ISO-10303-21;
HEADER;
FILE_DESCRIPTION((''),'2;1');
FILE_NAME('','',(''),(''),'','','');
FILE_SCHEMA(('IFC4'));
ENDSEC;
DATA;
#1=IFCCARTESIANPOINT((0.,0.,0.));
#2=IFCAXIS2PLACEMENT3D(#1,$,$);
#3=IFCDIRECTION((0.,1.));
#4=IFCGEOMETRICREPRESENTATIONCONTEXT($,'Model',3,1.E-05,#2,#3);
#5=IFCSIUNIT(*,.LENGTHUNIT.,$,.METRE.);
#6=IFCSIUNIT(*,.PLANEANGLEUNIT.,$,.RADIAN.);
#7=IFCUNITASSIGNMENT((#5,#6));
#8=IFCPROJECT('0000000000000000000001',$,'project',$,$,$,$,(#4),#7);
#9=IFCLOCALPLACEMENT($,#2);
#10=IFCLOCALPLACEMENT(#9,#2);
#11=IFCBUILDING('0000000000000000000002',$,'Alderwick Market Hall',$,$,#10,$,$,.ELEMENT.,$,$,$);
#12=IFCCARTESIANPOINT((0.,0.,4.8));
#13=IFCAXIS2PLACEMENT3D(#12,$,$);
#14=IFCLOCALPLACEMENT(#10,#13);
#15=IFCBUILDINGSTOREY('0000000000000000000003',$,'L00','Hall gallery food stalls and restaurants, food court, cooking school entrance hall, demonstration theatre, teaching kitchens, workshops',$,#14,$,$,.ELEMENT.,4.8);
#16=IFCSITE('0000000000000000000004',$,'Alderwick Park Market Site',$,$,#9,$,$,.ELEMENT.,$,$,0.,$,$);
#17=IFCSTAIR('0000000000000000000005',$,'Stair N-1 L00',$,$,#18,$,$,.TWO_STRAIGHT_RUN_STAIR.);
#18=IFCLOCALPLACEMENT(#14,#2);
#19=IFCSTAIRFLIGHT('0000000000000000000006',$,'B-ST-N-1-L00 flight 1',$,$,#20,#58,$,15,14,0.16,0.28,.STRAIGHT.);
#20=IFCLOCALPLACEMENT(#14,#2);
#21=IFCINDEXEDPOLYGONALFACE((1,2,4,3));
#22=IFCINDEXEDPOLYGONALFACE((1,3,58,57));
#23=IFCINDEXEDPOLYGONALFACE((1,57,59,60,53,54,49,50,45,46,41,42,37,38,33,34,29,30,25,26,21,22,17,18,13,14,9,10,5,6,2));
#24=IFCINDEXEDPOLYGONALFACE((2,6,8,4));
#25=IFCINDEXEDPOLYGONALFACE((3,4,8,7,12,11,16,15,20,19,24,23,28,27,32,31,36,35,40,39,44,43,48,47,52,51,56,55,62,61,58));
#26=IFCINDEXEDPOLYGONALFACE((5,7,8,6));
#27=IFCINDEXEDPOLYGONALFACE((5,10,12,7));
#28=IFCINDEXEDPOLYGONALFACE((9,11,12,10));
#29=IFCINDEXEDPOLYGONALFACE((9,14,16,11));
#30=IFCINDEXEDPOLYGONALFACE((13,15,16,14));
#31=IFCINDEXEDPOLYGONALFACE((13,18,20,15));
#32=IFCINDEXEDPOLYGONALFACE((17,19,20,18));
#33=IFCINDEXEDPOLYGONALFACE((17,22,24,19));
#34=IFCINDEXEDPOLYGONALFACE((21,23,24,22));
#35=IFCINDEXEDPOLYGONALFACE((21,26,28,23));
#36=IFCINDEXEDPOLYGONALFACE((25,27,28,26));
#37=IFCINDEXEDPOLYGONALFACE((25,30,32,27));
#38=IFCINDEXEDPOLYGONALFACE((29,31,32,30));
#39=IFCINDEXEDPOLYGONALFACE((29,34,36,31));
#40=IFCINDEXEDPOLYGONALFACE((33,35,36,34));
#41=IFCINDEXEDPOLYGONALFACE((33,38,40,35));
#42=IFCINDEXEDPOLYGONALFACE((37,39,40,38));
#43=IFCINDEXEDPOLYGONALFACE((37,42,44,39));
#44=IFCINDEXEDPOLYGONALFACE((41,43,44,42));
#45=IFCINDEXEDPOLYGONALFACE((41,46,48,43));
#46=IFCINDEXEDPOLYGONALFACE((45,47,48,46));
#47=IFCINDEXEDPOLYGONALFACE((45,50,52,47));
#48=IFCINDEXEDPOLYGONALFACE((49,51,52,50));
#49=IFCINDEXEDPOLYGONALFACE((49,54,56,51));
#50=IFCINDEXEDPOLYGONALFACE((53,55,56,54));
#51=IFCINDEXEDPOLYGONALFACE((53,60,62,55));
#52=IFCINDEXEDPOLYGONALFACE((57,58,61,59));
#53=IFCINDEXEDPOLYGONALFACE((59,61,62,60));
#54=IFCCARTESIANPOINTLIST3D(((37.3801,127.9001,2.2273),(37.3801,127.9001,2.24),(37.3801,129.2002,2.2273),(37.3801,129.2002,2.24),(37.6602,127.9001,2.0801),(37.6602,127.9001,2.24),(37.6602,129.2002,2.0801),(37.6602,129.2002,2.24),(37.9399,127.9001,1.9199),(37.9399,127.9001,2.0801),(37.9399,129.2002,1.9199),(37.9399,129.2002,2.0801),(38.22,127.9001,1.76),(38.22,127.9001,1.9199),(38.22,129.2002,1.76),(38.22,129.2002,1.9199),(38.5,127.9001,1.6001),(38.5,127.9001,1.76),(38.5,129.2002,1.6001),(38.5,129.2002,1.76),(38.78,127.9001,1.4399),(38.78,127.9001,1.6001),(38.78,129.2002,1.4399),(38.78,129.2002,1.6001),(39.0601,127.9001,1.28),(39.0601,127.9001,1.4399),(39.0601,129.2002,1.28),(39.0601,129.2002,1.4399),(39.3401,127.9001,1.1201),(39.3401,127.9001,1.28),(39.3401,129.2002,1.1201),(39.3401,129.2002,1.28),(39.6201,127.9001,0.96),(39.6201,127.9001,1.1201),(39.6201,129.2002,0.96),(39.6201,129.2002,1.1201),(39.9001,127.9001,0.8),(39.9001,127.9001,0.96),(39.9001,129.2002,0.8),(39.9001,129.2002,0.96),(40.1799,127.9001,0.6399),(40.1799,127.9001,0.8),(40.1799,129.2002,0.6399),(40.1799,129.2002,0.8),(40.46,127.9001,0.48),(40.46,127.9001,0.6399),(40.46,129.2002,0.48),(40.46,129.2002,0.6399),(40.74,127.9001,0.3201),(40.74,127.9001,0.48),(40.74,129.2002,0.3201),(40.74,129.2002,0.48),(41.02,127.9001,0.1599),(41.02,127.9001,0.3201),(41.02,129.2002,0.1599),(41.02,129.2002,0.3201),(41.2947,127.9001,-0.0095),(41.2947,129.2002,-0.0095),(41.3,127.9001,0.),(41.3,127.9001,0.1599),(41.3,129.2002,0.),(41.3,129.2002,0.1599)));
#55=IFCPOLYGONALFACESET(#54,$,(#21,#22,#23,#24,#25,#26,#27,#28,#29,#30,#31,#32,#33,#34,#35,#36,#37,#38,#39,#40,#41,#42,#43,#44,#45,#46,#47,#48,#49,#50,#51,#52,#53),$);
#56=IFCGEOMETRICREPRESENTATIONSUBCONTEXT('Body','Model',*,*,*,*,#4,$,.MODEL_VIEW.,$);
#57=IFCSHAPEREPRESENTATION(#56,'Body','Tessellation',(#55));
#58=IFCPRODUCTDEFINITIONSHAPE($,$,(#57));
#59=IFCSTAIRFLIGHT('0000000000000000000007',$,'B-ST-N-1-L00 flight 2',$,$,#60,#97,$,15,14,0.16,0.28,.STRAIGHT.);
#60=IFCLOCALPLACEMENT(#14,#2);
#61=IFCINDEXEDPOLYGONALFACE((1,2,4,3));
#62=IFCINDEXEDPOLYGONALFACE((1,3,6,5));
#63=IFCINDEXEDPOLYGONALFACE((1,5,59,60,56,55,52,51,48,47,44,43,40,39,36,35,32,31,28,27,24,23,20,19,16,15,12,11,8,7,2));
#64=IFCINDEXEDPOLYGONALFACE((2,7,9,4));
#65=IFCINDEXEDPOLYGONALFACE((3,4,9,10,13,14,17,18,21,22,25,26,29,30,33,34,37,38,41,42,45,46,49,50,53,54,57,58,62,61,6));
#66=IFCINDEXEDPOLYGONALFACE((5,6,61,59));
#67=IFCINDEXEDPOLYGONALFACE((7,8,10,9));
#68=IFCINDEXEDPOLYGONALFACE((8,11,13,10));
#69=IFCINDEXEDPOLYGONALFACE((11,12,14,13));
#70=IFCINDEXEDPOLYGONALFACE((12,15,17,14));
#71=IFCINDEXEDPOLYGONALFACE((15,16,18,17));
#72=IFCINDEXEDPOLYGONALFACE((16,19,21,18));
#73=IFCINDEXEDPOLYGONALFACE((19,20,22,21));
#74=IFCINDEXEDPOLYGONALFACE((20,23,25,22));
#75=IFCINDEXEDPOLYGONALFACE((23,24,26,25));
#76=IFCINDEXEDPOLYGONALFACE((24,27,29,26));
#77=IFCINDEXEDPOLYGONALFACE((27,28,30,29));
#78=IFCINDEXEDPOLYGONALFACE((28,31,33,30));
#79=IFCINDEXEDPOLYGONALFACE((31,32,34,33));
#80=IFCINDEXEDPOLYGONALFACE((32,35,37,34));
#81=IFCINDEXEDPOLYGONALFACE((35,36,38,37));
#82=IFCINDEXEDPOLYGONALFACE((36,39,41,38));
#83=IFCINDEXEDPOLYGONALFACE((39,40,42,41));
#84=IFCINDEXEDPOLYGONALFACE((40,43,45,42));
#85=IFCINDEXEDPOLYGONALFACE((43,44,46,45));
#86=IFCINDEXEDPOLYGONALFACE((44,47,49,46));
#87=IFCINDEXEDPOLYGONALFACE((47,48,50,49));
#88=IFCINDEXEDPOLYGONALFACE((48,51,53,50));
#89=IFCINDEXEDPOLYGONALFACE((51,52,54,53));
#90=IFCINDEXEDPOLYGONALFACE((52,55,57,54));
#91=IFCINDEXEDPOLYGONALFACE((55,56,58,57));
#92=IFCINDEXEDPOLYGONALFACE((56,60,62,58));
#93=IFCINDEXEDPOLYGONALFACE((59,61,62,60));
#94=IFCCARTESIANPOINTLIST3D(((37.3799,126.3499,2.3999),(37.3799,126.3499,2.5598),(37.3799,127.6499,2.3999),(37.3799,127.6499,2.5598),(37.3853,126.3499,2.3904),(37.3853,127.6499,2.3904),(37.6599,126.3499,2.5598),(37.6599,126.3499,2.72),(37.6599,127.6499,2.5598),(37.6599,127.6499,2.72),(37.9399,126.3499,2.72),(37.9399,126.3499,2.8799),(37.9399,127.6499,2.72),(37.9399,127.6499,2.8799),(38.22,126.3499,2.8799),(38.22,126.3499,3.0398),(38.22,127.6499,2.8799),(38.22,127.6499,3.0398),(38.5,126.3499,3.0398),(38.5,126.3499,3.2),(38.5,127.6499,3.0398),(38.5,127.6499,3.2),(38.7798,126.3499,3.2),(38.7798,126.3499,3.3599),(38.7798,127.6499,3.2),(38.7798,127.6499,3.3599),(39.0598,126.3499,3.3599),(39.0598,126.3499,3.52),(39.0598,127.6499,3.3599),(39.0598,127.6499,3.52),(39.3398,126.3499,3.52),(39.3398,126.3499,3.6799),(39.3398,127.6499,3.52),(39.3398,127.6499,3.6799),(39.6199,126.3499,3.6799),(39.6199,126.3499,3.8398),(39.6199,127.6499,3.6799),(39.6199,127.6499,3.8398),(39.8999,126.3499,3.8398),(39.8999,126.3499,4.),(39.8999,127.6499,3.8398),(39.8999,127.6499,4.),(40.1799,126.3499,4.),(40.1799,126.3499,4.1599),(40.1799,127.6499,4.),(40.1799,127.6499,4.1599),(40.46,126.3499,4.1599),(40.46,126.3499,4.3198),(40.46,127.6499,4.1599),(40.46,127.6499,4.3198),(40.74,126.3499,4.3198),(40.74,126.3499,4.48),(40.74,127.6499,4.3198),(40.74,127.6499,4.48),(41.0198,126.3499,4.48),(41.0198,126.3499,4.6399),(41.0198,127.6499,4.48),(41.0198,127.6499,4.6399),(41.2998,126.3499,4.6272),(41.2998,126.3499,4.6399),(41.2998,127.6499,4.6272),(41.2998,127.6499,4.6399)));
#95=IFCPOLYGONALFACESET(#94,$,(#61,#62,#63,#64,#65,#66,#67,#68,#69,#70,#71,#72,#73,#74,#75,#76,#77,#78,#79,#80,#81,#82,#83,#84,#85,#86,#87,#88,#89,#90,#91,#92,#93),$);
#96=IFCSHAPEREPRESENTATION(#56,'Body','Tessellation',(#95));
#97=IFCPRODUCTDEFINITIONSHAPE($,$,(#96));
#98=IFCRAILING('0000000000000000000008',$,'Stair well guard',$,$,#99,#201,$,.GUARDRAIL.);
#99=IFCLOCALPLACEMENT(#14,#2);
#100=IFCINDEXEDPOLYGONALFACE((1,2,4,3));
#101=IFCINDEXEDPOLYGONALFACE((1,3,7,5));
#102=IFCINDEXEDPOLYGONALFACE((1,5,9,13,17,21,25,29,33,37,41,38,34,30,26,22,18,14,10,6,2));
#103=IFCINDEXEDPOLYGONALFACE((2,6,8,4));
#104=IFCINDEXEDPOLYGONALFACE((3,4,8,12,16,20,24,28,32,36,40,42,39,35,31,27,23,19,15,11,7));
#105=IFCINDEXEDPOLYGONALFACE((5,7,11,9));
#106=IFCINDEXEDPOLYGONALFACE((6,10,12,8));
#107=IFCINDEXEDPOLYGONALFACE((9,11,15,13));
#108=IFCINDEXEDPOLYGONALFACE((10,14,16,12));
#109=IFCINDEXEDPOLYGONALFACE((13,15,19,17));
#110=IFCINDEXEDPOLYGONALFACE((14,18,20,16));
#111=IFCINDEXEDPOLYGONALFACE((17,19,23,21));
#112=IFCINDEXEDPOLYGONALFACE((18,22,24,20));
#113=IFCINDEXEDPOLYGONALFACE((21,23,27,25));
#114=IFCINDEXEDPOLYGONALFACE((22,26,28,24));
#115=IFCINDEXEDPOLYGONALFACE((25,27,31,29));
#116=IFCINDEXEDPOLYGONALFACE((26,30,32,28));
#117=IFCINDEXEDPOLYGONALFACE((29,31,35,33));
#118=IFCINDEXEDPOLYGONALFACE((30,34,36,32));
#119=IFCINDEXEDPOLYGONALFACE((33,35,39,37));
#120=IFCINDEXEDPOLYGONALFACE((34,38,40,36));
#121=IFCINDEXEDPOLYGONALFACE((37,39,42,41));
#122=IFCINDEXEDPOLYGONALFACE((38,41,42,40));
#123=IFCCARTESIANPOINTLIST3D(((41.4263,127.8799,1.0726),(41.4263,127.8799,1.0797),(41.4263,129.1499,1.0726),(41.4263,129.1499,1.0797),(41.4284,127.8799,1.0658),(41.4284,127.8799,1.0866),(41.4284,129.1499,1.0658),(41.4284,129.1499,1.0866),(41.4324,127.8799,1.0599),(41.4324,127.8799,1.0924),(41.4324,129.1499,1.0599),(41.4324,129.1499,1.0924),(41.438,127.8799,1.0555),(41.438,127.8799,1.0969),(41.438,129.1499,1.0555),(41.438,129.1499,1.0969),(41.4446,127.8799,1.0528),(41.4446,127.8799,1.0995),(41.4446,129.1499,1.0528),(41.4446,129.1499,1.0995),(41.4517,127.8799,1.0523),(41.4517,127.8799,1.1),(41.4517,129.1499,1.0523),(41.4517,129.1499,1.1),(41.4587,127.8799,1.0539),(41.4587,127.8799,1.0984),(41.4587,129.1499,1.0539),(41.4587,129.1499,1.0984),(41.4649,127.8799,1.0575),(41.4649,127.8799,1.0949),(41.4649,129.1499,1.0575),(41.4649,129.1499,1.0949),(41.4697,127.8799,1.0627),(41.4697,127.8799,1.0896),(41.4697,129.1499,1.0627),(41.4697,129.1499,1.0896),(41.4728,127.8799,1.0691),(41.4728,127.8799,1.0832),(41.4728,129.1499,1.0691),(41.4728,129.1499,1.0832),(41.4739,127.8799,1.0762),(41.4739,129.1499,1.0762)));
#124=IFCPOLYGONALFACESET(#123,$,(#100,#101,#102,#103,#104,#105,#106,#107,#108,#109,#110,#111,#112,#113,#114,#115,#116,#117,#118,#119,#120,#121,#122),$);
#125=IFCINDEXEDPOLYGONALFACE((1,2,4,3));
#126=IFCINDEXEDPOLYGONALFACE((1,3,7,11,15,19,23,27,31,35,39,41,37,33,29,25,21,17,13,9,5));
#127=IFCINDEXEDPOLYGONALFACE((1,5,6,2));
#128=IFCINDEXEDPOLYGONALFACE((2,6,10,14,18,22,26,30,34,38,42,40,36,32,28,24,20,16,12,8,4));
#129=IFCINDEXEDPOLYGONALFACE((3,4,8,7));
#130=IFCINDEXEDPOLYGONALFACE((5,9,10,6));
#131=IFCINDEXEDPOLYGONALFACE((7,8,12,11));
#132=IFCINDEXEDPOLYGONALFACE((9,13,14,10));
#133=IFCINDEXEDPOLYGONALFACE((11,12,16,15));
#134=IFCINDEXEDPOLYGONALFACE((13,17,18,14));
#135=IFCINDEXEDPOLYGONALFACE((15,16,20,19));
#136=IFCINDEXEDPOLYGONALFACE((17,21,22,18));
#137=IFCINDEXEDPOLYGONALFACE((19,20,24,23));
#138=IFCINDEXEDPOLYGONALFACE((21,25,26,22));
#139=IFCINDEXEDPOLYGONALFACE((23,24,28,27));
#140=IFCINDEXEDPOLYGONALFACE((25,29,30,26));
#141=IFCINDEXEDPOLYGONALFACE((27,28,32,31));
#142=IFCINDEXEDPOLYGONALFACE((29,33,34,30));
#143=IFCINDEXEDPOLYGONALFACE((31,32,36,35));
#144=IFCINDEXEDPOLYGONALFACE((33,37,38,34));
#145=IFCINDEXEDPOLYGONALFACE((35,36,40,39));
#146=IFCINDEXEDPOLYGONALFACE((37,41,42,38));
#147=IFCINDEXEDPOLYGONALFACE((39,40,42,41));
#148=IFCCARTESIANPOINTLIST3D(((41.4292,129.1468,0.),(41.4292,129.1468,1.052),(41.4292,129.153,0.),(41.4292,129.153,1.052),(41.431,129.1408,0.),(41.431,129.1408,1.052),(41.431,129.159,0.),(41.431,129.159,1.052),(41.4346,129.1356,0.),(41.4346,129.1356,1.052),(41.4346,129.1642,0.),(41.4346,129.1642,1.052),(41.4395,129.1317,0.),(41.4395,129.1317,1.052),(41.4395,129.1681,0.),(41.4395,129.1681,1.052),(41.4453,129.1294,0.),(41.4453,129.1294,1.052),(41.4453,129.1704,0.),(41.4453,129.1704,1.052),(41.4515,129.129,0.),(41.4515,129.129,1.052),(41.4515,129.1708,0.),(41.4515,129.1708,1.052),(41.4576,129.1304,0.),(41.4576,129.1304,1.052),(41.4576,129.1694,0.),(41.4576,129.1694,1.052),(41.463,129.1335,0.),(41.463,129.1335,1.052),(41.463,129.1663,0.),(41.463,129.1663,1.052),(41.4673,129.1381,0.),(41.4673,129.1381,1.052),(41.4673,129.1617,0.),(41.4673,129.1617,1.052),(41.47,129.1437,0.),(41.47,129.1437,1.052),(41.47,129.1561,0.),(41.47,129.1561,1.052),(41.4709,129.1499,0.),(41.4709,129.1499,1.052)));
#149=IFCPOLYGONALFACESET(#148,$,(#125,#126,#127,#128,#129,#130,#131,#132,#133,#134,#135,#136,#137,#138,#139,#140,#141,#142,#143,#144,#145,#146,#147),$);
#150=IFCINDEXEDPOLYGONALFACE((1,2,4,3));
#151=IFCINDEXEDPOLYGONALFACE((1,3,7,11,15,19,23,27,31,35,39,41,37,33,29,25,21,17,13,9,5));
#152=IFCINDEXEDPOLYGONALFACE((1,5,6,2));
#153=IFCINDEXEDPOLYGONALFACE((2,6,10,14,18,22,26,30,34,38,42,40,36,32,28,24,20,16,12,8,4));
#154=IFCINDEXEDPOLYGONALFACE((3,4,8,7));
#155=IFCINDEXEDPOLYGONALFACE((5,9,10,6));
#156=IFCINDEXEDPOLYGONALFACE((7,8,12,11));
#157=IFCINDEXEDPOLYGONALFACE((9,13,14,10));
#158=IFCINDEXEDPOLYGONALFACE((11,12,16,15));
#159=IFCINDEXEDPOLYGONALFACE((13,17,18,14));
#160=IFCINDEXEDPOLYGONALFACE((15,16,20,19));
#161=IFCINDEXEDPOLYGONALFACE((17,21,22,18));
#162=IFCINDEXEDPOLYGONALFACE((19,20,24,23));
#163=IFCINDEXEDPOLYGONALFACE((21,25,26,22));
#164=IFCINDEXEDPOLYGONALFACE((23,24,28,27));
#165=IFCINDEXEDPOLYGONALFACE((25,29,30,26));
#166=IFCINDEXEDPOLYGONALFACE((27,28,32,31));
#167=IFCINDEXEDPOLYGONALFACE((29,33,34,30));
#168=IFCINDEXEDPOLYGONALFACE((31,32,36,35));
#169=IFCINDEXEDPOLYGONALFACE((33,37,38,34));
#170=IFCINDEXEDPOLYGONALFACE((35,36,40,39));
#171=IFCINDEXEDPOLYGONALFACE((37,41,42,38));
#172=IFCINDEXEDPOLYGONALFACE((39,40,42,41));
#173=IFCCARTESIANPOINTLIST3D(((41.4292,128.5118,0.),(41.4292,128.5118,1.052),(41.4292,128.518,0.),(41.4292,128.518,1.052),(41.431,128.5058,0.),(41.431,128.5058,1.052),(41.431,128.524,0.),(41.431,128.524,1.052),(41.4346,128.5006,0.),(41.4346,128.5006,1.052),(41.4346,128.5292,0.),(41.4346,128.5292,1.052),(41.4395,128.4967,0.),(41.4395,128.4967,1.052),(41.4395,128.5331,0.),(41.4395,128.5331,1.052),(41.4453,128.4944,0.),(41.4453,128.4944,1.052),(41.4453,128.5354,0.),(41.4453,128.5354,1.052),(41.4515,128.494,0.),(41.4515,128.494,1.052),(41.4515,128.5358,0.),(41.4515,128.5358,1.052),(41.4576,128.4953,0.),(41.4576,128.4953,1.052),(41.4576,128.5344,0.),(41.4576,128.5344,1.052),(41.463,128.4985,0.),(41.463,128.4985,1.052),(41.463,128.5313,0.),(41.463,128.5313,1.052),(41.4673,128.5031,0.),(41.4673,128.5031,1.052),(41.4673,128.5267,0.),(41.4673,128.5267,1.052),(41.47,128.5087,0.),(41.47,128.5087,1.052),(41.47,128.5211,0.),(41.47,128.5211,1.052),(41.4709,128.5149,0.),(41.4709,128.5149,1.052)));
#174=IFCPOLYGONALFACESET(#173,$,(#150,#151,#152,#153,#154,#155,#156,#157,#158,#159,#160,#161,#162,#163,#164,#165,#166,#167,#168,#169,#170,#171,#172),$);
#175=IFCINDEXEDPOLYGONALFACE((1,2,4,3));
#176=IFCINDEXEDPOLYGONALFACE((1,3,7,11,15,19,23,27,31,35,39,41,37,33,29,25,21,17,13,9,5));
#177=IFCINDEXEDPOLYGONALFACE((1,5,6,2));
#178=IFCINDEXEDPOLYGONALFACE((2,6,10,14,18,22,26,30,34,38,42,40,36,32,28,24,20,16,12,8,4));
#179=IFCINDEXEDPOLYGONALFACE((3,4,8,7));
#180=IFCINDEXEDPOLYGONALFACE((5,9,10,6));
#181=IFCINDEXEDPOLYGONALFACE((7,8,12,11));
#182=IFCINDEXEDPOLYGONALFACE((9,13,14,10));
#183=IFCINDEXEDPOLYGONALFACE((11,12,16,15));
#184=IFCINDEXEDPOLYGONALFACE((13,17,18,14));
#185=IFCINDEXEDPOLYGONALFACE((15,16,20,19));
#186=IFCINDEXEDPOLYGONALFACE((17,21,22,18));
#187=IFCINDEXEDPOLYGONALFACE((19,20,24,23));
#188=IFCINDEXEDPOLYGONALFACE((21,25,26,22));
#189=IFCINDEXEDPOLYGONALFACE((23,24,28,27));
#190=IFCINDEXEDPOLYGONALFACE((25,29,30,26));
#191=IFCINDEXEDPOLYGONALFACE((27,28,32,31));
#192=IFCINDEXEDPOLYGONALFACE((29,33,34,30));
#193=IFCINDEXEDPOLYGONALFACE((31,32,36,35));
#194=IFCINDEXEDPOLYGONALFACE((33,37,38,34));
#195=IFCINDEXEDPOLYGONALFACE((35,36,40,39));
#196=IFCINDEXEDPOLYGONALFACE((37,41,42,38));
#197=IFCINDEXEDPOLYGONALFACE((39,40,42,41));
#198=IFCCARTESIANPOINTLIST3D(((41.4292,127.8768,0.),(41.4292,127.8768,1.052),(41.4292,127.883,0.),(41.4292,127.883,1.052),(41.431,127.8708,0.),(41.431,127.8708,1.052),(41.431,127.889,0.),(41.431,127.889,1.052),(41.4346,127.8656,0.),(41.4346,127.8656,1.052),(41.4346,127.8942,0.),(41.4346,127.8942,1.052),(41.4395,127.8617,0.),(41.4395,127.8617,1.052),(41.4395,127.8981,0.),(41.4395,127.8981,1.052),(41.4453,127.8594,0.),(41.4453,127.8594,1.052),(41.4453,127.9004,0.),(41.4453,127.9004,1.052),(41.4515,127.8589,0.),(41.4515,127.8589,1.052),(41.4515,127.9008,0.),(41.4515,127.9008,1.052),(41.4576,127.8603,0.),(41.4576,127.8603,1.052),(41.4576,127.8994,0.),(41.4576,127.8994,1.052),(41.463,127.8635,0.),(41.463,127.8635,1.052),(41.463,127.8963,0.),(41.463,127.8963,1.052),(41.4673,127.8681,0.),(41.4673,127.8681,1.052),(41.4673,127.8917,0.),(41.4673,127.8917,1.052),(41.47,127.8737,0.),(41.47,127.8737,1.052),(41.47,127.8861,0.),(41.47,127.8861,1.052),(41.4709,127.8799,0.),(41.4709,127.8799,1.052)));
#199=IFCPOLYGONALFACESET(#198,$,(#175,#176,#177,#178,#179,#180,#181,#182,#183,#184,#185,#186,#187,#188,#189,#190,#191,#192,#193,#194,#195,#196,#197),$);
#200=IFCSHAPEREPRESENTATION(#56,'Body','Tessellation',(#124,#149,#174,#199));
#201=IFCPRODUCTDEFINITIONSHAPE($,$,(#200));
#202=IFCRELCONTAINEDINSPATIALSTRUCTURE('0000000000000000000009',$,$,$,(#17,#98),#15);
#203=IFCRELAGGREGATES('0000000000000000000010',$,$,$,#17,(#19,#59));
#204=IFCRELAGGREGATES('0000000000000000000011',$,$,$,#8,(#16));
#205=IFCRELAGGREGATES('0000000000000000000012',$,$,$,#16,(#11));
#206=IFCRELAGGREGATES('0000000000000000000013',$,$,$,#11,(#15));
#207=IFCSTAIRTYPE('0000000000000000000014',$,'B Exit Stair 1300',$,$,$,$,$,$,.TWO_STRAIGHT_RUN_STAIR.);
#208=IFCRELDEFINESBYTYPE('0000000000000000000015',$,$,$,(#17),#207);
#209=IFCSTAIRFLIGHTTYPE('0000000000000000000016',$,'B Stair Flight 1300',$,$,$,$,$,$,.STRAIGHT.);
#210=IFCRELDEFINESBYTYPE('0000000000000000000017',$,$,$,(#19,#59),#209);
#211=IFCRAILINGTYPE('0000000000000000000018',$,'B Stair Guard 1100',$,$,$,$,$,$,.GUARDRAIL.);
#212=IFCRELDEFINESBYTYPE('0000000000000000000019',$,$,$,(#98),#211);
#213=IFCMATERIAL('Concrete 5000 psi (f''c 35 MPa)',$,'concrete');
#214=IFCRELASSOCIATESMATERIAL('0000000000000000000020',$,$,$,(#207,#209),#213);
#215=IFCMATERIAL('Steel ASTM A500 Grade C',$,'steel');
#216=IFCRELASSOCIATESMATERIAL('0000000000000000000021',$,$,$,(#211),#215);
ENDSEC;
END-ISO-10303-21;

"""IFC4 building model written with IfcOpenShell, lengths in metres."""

from ifc_helpers import new_model, si_unit, direction, frame, origin, origin_2d, place, context, subcontext, project, spatial, polyline, circle, outline, extrude, material, type_object, element, aggregate, save


model = new_model("IFC4")

# Units and contexts
model_context = context("Model", 3, precision=1e-05, world=origin(), true_north=direction((0.0, 1.0)))
body_context = subcontext(model_context, "Body", "Model", "MODEL_VIEW")
ifc_project = project(units=[si_unit("LENGTHUNIT", "METRE"), si_unit("PLANEANGLEUNIT", "RADIAN")], contexts=[model_context])

# Site, building, storey
site_placement = place(None, origin())
site = spatial("IfcSite", under=ifc_project, at=site_placement, Name="Alderwick Park Market Site", CompositionType="ELEMENT", RefElevation=0.0)
building_placement = place(site_placement, origin())
building = spatial("IfcBuilding", under=site, at=building_placement, Name="Alderwick Market Hall", CompositionType="ELEMENT")
storey_placement = place(building_placement, frame((0.0, 0.0, 4.8)))
storey = spatial("IfcBuildingStorey", under=building, at=storey_placement, Name="L00", Description="Hall gallery food stalls and restaurants, food court, cooking school entrance hall, demonstration theatre, teaching kitchens, workshops", CompositionType="ELEMENT", Elevation=4.8)

# Shared definitions
ifc_material_1 = material(Name="Concrete 5000 psi (f'c 35 MPa)", Category="concrete")

# Stair, stair flights
stair_type = type_object("IfcStairType", Name="B Exit Stair 1300", PredefinedType="TWO_STRAIGHT_RUN_STAIR", material=ifc_material_1)
stair_placement = place(storey_placement, origin())
stair = element("IfcStair", 1, at=stair_placement, inside=storey, type_object=stair_type, Name="Stair N-1 L00", PredefinedType="TWO_STRAIGHT_RUN_STAIR")
stair_flight_type = type_object("IfcStairFlightType", Name="B Stair Flight 1300", PredefinedType="STRAIGHT", material=ifc_material_1)
stair_flight_1_placement = place(storey_placement, frame((41.3, 128.55, 0.0), z_axis=(0.0, 0.0, 1.0), x_axis=(-1.0, 0.0, 0.0)))
stair_flight_1 = element("IfcStairFlight", 2, at=stair_flight_1_placement, type_object=stair_flight_type, Name="B-ST-N-1-L00 flight 1", NumberOfRisers=15, NumberOfTreads=14, PredefinedType="STRAIGHT", RiserHeight=0.16, TreadLength=0.28, context=body_context, shape_type="SweptSolid", body=[
    extrude(outline(polyline([(0.0054, -0.0095), (0.0, 0.0), (0.0, 0.1599), (0.28, 0.1599), (0.28, 0.3201), (0.5601, 0.3201), (0.5601, 0.48), (0.8401, 0.48), (0.8401, 0.6399), (1.1201, 0.6399), (1.1201, 0.8), (1.3999, 0.8), (1.3999, 0.96), (1.6799, 0.96), (1.6799, 1.1201), (1.96, 1.1201), (1.96, 1.28), (2.24, 1.28), (2.24, 1.4399), (2.52, 1.4399), (2.52, 1.6001), (2.8, 1.6001), (2.8, 1.76), (3.0801, 1.76), (3.0801, 1.9199), (3.3601, 1.9199), (3.3601, 2.0801), (3.6399, 2.0801), (3.6399, 2.24), (3.9199, 2.24), (3.9199, 2.2273), (0.0054, -0.0095)])), frame((0.0, 0.6499, 0.0), z_axis=(0.0, -1.0, 0.0), x_axis=(1.0, 0.0, 0.0)), (0.0, 0.0, 1.0), 1.3),
])
stair_flight_2_placement = place(storey_placement, frame((37.3799, 127.0, 2.3999), z_axis=(0.0, 0.0, 1.0), x_axis=(1.0, 0.0, 0.0)))
stair_flight_2 = element("IfcStairFlight", 3, at=stair_flight_2_placement, type_object=stair_flight_type, Name="B-ST-N-1-L00 flight 2", NumberOfRisers=15, NumberOfTreads=14, PredefinedType="STRAIGHT", RiserHeight=0.16, TreadLength=0.28, context=body_context, shape_type="SweptSolid", body=[
    extrude(outline(polyline([(0.0054, -0.0095), (0.0, 0.0), (0.0, 0.1599), (0.28, 0.1599), (0.28, 0.3201), (0.5601, 0.3201), (0.5601, 0.48), (0.8401, 0.48), (0.8401, 0.6399), (1.1201, 0.6399), (1.1201, 0.8), (1.3999, 0.8), (1.3999, 0.96), (1.6799, 0.96), (1.6799, 1.1201), (1.96, 1.1201), (1.96, 1.28), (2.24, 1.28), (2.24, 1.4399), (2.52, 1.4399), (2.52, 1.6001), (2.8, 1.6001), (2.8, 1.76), (3.0801, 1.76), (3.0801, 1.9199), (3.3601, 1.9199), (3.3601, 2.0801), (3.6399, 2.0801), (3.6399, 2.24), (3.9199, 2.24), (3.9199, 2.2273), (0.0054, -0.0095)])), frame((0.0, 0.6499, 0.0), z_axis=(0.0, -1.0, 0.0), x_axis=(1.0, 0.0, 0.0)), (0.0, 0.0, 1.0), 1.3),
])
aggregate(stair, [stair_flight_1, stair_flight_2])

# Railing
ifc_material_2 = material(Name="Steel ASTM A500 Grade C", Category="steel")
railing_type = type_object("IfcRailingType", Name="B Stair Guard 1100", PredefinedType="GUARDRAIL", material=ifc_material_2)
railing_placement = place(storey_placement, frame((41.45, 129.1499, 0.0)))
element("IfcRailing", 4, at=railing_placement, inside=storey, type_object=railing_type, Name="Stair well guard", PredefinedType="GUARDRAIL", context=body_context, shape_type="SweptSolid", body=[
    extrude(circle(Radius=0.0239, at=origin_2d()), frame((0.0, 0.0, 1.0762), z_axis=(0.0, -1.0, 0.0), x_axis=(1.0, 0.0, 0.0)), (0.0, 0.0, 1.0), 1.27),
    extrude(circle(Radius=0.021, at=origin_2d()), origin(), (0.0, 0.0, 1.0), 1.052),
    extrude(circle(Radius=0.021, at=origin_2d()), frame((0.0, -0.635, 0.0)), (0.0, 0.0, 1.0), 1.052),
    extrude(circle(Radius=0.021, at=origin_2d()), frame((0.0, -1.27, 0.0)), (0.0, 0.0, 1.0), 1.052),
])

save(model, "model.ifc")
